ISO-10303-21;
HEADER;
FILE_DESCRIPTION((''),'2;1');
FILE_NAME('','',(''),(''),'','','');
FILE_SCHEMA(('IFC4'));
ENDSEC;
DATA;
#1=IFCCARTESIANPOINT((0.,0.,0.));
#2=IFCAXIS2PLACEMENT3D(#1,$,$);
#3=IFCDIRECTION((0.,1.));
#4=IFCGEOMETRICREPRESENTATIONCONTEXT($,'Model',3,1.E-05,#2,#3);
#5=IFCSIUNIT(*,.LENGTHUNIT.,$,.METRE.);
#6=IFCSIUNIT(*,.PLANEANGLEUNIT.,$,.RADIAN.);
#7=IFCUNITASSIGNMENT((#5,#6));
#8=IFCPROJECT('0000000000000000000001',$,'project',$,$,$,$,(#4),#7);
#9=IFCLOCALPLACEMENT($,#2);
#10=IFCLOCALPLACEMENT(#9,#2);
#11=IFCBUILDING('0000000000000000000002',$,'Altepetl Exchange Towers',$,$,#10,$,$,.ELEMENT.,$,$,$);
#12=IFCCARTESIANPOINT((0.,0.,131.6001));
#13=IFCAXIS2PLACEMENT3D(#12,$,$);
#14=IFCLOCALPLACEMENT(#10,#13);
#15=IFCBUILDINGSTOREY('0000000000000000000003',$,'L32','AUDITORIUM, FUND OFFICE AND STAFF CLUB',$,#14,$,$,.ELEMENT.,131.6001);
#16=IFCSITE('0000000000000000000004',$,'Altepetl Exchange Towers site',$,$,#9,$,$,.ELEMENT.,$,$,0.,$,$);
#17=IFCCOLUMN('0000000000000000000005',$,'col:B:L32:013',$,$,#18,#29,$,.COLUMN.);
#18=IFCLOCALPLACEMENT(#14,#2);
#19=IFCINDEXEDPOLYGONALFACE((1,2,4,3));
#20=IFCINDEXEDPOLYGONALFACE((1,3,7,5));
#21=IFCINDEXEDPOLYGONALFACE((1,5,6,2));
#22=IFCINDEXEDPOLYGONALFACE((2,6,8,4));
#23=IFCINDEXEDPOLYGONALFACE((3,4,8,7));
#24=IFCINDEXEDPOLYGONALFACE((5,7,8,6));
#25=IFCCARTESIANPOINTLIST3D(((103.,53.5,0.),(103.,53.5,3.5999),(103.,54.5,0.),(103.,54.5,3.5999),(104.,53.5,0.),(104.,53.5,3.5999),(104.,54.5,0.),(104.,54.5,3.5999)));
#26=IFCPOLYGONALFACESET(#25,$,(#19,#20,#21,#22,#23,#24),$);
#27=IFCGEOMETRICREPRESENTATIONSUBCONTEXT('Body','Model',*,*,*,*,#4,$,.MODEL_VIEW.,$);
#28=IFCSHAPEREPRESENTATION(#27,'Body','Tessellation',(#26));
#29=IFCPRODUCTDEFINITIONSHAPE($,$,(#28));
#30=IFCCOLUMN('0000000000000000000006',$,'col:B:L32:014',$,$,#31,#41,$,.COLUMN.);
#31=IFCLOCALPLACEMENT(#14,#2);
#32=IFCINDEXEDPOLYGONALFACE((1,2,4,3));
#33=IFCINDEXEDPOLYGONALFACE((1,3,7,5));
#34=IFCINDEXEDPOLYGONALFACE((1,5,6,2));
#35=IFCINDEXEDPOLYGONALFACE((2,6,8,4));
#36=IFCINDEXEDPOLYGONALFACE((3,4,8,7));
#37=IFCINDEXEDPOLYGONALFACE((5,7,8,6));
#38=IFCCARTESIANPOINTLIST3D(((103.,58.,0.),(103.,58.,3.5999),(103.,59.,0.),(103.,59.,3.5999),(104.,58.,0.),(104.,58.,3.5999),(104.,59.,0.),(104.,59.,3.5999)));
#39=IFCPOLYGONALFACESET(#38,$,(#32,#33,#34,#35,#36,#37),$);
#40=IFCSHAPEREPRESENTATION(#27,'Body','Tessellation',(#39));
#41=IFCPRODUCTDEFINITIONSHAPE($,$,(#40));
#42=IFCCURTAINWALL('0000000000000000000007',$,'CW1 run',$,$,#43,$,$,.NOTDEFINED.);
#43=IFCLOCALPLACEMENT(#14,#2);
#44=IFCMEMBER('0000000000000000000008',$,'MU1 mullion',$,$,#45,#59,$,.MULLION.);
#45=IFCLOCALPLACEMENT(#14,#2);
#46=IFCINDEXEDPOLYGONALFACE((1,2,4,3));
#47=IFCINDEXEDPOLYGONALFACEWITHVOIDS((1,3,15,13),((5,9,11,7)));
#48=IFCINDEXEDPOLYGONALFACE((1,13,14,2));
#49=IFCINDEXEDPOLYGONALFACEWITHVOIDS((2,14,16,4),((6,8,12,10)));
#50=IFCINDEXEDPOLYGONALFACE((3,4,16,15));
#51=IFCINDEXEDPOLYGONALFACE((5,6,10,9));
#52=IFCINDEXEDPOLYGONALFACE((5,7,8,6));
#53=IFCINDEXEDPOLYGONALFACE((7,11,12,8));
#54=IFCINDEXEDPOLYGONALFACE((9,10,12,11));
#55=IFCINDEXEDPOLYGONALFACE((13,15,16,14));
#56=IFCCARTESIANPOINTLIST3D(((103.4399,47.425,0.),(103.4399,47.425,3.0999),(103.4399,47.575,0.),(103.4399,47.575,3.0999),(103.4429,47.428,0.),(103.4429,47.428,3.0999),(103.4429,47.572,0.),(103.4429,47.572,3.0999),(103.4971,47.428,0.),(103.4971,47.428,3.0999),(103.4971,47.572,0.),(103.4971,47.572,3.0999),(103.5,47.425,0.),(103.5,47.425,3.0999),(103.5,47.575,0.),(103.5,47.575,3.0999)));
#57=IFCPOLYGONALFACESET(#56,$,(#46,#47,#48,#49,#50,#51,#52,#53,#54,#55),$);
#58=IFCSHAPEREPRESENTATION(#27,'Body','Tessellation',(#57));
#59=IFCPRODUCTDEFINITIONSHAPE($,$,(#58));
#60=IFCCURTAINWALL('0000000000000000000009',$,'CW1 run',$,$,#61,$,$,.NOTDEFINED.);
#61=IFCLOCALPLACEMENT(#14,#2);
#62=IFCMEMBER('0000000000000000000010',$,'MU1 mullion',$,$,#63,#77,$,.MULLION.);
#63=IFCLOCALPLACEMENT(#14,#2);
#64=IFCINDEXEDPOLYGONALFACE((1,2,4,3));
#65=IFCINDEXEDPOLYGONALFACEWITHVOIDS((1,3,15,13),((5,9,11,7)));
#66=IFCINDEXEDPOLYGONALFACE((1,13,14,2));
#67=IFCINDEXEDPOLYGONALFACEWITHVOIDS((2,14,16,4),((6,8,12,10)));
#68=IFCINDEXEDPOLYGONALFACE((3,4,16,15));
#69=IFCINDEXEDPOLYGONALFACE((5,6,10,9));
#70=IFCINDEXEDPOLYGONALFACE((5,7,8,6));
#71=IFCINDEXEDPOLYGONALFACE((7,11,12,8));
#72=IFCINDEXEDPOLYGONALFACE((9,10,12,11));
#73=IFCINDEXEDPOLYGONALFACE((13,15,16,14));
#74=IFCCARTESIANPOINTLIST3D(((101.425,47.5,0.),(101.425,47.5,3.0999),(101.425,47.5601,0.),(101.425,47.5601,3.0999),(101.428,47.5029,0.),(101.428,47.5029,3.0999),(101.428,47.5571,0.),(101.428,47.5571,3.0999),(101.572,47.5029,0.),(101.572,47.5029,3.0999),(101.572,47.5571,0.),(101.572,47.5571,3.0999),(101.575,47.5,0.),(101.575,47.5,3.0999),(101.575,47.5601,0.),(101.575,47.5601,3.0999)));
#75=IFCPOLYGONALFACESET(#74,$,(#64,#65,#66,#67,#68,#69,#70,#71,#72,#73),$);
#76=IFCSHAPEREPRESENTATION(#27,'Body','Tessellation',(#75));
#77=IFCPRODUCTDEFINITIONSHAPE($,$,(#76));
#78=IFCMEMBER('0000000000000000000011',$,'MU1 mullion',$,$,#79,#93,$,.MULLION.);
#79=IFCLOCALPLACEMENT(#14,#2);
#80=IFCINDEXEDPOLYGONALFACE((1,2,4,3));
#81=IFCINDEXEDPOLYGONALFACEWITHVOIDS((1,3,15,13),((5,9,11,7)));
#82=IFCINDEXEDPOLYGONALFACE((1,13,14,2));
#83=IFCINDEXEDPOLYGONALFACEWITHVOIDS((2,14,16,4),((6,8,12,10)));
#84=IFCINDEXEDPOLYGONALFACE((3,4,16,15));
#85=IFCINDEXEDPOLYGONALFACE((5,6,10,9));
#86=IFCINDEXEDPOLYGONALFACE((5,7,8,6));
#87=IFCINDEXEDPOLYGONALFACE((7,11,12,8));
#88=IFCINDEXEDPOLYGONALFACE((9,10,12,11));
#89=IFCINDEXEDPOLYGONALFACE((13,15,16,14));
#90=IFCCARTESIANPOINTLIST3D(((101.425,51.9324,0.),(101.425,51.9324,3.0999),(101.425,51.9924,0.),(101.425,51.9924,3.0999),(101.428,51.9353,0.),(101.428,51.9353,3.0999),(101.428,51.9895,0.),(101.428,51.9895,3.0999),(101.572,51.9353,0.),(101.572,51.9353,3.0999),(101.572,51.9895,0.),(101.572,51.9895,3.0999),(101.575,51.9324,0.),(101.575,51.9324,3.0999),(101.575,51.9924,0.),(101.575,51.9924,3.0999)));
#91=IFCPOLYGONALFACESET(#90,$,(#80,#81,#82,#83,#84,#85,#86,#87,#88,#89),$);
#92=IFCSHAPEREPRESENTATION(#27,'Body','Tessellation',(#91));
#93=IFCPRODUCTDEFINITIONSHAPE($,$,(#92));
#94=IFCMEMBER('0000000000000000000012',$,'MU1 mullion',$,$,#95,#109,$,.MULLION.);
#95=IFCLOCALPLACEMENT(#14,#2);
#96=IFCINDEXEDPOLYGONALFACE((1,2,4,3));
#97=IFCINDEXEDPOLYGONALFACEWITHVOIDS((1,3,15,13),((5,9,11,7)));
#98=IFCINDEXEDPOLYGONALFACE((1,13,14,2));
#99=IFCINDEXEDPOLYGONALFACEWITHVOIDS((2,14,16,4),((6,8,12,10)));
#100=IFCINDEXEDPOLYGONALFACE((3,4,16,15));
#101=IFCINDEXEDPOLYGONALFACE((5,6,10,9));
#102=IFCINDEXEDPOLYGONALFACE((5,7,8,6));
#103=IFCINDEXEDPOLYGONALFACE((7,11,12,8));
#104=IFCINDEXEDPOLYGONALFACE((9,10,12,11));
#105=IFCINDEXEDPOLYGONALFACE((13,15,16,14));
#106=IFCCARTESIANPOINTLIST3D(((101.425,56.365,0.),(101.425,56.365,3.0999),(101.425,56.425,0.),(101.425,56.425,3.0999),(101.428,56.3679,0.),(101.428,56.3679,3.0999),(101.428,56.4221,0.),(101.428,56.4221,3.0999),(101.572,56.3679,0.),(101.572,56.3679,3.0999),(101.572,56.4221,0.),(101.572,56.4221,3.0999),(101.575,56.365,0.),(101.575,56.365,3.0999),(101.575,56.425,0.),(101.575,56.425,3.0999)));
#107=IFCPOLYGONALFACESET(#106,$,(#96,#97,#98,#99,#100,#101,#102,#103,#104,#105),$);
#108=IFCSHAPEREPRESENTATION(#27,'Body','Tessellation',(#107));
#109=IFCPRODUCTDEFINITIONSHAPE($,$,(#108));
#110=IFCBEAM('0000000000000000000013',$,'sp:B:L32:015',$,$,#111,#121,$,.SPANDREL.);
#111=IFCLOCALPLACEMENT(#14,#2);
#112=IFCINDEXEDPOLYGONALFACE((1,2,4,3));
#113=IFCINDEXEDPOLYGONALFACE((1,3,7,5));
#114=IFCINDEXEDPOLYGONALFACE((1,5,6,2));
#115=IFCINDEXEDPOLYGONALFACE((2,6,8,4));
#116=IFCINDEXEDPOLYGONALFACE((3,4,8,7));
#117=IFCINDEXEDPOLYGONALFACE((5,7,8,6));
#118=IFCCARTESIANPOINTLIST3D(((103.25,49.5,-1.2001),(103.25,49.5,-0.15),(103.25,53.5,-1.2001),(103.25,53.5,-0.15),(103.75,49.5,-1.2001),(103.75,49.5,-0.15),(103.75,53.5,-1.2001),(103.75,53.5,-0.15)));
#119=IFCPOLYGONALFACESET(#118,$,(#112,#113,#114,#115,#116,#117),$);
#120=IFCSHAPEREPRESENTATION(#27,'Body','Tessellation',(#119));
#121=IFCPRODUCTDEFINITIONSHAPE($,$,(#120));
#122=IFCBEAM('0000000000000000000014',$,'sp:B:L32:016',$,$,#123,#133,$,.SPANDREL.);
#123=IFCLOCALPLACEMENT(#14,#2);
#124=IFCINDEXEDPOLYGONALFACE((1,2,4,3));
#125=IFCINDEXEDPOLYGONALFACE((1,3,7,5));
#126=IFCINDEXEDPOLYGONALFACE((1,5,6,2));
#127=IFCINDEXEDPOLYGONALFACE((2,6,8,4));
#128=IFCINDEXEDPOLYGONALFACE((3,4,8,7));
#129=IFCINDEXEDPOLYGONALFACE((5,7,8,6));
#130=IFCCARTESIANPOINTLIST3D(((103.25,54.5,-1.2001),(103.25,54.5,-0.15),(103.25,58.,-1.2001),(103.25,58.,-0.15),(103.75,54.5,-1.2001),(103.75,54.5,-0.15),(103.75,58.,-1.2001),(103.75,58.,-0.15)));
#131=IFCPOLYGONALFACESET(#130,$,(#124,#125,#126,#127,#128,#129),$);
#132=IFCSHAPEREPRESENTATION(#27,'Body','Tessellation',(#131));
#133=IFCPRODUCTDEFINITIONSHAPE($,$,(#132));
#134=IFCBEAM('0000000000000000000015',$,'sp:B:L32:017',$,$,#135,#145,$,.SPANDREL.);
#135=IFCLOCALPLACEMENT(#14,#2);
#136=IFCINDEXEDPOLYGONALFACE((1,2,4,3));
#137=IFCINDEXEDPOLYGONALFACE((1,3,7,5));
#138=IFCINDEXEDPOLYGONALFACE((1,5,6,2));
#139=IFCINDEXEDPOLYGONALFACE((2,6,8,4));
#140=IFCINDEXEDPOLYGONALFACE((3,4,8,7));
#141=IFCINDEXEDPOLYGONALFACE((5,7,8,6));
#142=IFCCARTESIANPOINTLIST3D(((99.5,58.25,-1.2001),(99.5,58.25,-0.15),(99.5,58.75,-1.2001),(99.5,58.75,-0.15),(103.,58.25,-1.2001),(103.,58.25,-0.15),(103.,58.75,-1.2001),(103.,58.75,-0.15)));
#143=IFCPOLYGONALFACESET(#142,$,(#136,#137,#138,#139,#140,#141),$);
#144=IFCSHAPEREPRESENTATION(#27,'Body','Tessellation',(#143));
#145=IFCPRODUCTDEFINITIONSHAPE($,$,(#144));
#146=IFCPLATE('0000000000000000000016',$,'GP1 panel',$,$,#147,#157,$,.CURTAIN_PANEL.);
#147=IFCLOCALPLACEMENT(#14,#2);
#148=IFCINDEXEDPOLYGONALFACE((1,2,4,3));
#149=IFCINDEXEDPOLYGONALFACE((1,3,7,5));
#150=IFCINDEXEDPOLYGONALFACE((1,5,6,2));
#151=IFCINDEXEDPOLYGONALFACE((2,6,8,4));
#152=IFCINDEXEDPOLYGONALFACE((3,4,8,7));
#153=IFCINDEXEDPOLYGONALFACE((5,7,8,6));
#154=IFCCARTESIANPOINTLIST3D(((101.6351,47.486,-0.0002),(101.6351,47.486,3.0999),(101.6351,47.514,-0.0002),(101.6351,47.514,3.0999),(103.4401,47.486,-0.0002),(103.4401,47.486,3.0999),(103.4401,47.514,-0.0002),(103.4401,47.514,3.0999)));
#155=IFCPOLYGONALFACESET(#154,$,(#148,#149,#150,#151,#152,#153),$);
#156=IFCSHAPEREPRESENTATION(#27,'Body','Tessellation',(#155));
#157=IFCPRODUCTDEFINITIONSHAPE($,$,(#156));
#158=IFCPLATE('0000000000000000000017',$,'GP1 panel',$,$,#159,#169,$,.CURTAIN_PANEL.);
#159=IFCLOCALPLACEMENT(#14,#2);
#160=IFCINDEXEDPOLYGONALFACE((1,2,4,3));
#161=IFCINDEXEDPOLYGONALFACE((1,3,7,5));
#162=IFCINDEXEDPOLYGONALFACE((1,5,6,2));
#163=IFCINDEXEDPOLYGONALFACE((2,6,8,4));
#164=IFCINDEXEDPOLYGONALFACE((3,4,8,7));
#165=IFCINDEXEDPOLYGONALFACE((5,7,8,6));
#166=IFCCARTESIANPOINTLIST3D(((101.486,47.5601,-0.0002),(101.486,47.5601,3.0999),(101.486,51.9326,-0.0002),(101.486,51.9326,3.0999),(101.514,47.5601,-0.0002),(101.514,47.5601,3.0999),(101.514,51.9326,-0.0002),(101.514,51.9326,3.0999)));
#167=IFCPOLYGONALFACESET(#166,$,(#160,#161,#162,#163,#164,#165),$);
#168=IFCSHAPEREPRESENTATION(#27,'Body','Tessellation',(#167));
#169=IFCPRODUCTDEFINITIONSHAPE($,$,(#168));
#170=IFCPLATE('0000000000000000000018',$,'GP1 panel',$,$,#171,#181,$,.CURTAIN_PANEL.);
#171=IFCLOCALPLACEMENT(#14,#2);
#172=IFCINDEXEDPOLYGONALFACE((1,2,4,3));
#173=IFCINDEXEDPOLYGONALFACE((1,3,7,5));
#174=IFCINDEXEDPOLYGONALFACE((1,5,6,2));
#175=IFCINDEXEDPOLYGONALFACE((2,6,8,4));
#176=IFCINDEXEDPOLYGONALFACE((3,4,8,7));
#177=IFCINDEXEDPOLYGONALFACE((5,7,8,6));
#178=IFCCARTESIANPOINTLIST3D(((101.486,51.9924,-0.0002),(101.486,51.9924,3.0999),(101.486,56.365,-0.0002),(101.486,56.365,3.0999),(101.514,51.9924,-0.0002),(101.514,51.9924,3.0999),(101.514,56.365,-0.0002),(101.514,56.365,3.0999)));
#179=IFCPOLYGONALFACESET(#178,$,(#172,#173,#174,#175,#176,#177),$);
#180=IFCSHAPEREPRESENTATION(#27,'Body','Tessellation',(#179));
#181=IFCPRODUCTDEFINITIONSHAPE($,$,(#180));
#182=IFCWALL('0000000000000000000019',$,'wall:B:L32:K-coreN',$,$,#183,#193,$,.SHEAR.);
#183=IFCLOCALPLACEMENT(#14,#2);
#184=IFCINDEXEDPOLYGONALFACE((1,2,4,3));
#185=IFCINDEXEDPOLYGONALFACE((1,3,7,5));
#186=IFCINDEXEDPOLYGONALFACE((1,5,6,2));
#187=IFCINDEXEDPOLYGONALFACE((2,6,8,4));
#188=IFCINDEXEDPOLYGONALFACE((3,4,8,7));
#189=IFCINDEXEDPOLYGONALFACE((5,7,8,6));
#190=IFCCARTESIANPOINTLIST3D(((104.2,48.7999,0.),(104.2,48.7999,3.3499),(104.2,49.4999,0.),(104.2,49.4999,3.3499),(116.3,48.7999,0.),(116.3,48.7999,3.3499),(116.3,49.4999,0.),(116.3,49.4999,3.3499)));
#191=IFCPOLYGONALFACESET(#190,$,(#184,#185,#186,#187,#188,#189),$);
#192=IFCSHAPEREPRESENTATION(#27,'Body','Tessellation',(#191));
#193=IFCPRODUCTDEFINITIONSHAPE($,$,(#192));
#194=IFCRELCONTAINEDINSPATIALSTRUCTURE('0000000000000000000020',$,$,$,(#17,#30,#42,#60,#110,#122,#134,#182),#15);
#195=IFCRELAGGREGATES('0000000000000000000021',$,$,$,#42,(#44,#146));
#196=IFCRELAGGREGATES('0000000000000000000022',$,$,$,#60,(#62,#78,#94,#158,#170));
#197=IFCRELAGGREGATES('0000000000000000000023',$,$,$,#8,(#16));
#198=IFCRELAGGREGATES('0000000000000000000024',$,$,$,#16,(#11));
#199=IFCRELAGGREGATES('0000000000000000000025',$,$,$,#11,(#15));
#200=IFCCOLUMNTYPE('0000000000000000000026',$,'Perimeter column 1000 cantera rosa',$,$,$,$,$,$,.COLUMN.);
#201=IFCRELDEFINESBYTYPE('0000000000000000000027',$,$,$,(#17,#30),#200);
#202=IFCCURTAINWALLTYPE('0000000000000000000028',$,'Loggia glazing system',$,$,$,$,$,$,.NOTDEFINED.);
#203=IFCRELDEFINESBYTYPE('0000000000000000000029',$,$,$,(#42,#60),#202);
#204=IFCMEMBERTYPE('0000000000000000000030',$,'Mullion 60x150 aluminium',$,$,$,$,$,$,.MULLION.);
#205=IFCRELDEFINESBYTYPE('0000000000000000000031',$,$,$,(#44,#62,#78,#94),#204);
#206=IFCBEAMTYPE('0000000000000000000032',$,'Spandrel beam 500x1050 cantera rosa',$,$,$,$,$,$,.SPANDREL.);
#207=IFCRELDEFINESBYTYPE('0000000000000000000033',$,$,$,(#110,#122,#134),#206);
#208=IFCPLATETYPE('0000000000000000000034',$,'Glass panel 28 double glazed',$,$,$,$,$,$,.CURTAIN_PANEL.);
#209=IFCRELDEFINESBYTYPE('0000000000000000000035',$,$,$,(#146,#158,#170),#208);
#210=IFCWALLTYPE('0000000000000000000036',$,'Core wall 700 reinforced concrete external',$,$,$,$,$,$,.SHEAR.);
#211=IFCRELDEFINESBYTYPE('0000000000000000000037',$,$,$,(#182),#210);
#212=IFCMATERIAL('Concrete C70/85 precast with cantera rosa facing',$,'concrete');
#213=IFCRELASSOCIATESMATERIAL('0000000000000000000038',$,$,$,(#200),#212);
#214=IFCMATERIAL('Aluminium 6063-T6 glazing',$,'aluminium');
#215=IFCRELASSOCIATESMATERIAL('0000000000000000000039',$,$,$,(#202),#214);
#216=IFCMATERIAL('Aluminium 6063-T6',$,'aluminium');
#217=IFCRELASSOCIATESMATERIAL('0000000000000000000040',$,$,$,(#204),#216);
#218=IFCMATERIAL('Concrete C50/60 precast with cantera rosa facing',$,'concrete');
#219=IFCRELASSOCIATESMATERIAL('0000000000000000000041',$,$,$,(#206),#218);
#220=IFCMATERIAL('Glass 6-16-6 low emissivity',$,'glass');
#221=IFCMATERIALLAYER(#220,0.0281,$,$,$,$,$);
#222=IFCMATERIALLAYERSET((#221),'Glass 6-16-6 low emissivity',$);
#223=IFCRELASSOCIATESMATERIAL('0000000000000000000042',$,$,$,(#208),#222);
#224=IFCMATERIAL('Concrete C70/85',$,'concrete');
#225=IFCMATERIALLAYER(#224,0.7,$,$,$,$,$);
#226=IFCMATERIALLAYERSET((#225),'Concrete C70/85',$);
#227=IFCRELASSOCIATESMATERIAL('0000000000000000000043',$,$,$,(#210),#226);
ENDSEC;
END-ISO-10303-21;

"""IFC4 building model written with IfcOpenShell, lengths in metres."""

from ifc_helpers import new_model, si_unit, direction, frame, frame_2d, origin, origin_2d, place, context, subcontext, project, spatial, rectangle, hollow_rectangle, extrude, material, layer, layer_set, material_profile, profile_set, type_object, element, aggregate, save


model = new_model("IFC4")

# Units and contexts
model_context = context("Model", 3, precision=1e-05, world=origin(), true_north=direction((0.0, 1.0)))
body_context = subcontext(model_context, "Body", "Model", "MODEL_VIEW")
ifc_project = project(units=[si_unit("LENGTHUNIT", "METRE"), si_unit("PLANEANGLEUNIT", "RADIAN")], contexts=[model_context])

# Site, building, storey
site_placement = place(None, origin())
site = spatial("IfcSite", under=ifc_project, at=site_placement, Name="Altepetl Exchange Towers site", CompositionType="ELEMENT", RefElevation=0.0)
building_placement = place(site_placement, origin())
building = spatial("IfcBuilding", under=site, at=building_placement, Name="Altepetl Exchange Towers", CompositionType="ELEMENT")
storey_placement = place(building_placement, frame((0.0, 0.0, 131.6001)))
storey = spatial("IfcBuildingStorey", under=building, at=storey_placement, Name="L32", Description="AUDITORIUM, FUND OFFICE AND STAFF CLUB", CompositionType="ELEMENT", Elevation=131.6001)

# Columns
ifc_material_1 = material(Name="Concrete C70/85 precast with cantera rosa facing", Category="concrete")
ifc_material_profile_1 = material_profile(ifc_material_1, rectangle(XDim=1.0, YDim=1.0, at=origin_2d()), Name="1000 x 1000")
ifc_profile_set_1 = profile_set([ifc_material_profile_1], Name="Concrete C70/85 precast with cantera rosa facing")
column_type = type_object("IfcColumnType", Name="Perimeter column 1000 cantera rosa", PredefinedType="COLUMN", material=ifc_profile_set_1)
for number, where, name in (
    (1, (103.5, 54.0, 0.0), "col:B:L32:013"),
    (2, (103.5, 58.5, 0.0), "col:B:L32:014"),
):
    element("IfcColumn", number, at=place(storey_placement, frame(where)), inside=storey, type_object=column_type, Name=name, PredefinedType="COLUMN", context=body_context, shape_type="SweptSolid", body=[
        extrude(rectangle(XDim=1.0, YDim=1.0, at=origin_2d()), origin(), (0.0, 0.0, 1.0), 3.5999),
    ])

# Curtain wall, member
ifc_material_2 = material(Name="Aluminium 6063-T6 glazing", Category="aluminium")
curtain_wall_type = type_object("IfcCurtainWallType", Name="Loggia glazing system", PredefinedType="NOTDEFINED", material=ifc_material_2)
curtain_wall_1_placement = place(storey_placement, origin())
curtain_wall_1 = element("IfcCurtainWall", 3, at=curtain_wall_1_placement, inside=storey, type_object=curtain_wall_type, Name="CW1 run", PredefinedType="NOTDEFINED")
ifc_material_3 = material(Name="Aluminium 6063-T6", Category="aluminium")
ifc_material_profile_2 = material_profile(ifc_material_3, hollow_rectangle(XDim=0.0601, YDim=0.1499, WallThickness=0.0029, at=origin_2d()), Name="Mullion 60x150 aluminium")
ifc_profile_set_2 = profile_set([ifc_material_profile_2], Name="Aluminium 6063-T6")
member_type = type_object("IfcMemberType", Name="Mullion 60x150 aluminium", PredefinedType="MULLION", material=ifc_profile_set_2)
member_1_placement = place(storey_placement, frame((103.47, 47.5, 0.0), z_axis=(0.0, 0.0, 1.0), x_axis=(-1.0, 0.0, 0.0)))
member_1 = element("IfcMember", 4, at=member_1_placement, type_object=member_type, Name="MU1 mullion", PredefinedType="MULLION", context=body_context, shape_type="SweptSolid", body=[
    extrude(hollow_rectangle(XDim=0.0601, YDim=0.1499, WallThickness=0.0029, at=origin_2d()), origin(), (0.0, 0.0, 1.0), 3.0999),
])

# Curtain wall, members
curtain_wall_2_placement = place(storey_placement, origin())
curtain_wall_2 = element("IfcCurtainWall", 5, at=curtain_wall_2_placement, inside=storey, type_object=curtain_wall_type, Name="CW1 run", PredefinedType="NOTDEFINED")
member_2_placement = place(storey_placement, frame((101.5, 47.53, 0.0), z_axis=(0.0, 0.0, 1.0), x_axis=(0.0, 1.0, 0.0)))
member_2 = element("IfcMember", 6, at=member_2_placement, type_object=member_type, Name="MU1 mullion", PredefinedType="MULLION", context=body_context, shape_type="SweptSolid", body=[
    extrude(hollow_rectangle(XDim=0.0601, YDim=0.1499, WallThickness=0.0029, at=origin_2d()), origin(), (0.0, 0.0, 1.0), 3.0999),
])
member_3_placement = place(storey_placement, frame((101.5, 51.9624, 0.0), z_axis=(0.0, 0.0, 1.0), x_axis=(0.0, 1.0, 0.0)))
member_3 = element("IfcMember", 7, at=member_3_placement, type_object=member_type, Name="MU1 mullion", PredefinedType="MULLION", context=body_context, shape_type="SweptSolid", body=[
    extrude(hollow_rectangle(XDim=0.0601, YDim=0.1499, WallThickness=0.0029, at=origin_2d()), origin(), (0.0, 0.0, 1.0), 3.0999),
])
member_4_placement = place(storey_placement, frame((101.5, 56.395, 0.0), z_axis=(0.0, 0.0, 1.0), x_axis=(0.0, 1.0, 0.0)))
member_4 = element("IfcMember", 8, at=member_4_placement, type_object=member_type, Name="MU1 mullion", PredefinedType="MULLION", context=body_context, shape_type="SweptSolid", body=[
    extrude(hollow_rectangle(XDim=0.0601, YDim=0.1499, WallThickness=0.0029, at=origin_2d()), origin(), (0.0, 0.0, 1.0), 3.0999),
])

# Beams
ifc_material_4 = material(Name="Concrete C50/60 precast with cantera rosa facing", Category="concrete")
ifc_material_profile_3 = material_profile(ifc_material_4, rectangle(XDim=0.5, YDim=1.05, at=origin_2d()), Name="500 x 1050")
ifc_profile_set_3 = profile_set([ifc_material_profile_3], Name="Concrete C50/60 precast with cantera rosa facing")
beam_type = type_object("IfcBeamType", Name="Spandrel beam 500x1050 cantera rosa", PredefinedType="SPANDREL", material=ifc_profile_set_3)
beam_placement = place(storey_placement, frame((103.5, 49.5, -0.675), z_axis=(0.0, 1.0, 0.0), x_axis=(-1.0, 0.0, 0.0)))
element("IfcBeam", 9, at=beam_placement, inside=storey, type_object=beam_type, Name="sp:B:L32:015", PredefinedType="SPANDREL", context=body_context, shape_type="SweptSolid", body=[
    extrude(rectangle(XDim=0.5, YDim=1.05, at=origin_2d()), origin(), (0.0, 0.0, 1.0), 4.0),
])
for number, where, z_axis, x_axis, name in (
    (10, (103.5, 54.5, -0.675), (0.0, 1.0, 0.0), (-1.0, 0.0, 0.0), "sp:B:L32:016"),
    (11, (103.0, 58.5, -0.675), (-1.0, 0.0, 0.0), (0.0, -1.0, 0.0), "sp:B:L32:017"),
):
    element("IfcBeam", number, at=place(storey_placement, frame(where, z_axis=z_axis, x_axis=x_axis)), inside=storey, type_object=beam_type, Name=name, PredefinedType="SPANDREL", context=body_context, shape_type="SweptSolid", body=[
        extrude(rectangle(XDim=0.5, YDim=1.05, at=origin_2d()), origin(), (0.0, 0.0, 1.0), 3.5),
    ])

# Plates
ifc_material_5 = material(Name="Glass 6-16-6 low emissivity", Category="glass")
ifc_layer_1 = layer(ifc_material_5, 0.0281)
ifc_layer_set_1 = layer_set([ifc_layer_1], Name="Glass 6-16-6 low emissivity")
plate_type = type_object("IfcPlateType", Name="Glass panel 28 double glazed", PredefinedType="CURTAIN_PANEL", material=ifc_layer_set_1)
plate_1_placement = place(storey_placement, frame((102.5376, 47.5, -0.0002), z_axis=(0.0, 0.0, 1.0), x_axis=(-1.0, 0.0, 0.0)))
plate_1 = element("IfcPlate", 12, at=plate_1_placement, type_object=plate_type, Name="GP1 panel", PredefinedType="CURTAIN_PANEL", context=body_context, shape_type="SweptSolid", body=[
    extrude(rectangle(XDim=1.8049, YDim=0.0281, at=origin_2d()), origin(), (0.0, 0.0, 1.0), 3.1001),
])
aggregate(curtain_wall_1, [member_1, plate_1])
plate_2_placement = place(storey_placement, frame((101.5, 49.7463, -0.0002), z_axis=(0.0, 0.0, 1.0), x_axis=(0.0, 1.0, 0.0)))
plate_2 = element("IfcPlate", 13, at=plate_2_placement, type_object=plate_type, Name="GP1 panel", PredefinedType="CURTAIN_PANEL", context=body_context, shape_type="SweptSolid", body=[
    extrude(rectangle(XDim=4.3726, YDim=0.0281, at=origin_2d()), origin(), (0.0, 0.0, 1.0), 3.1001),
])
plate_3_placement = place(storey_placement, frame((101.5, 54.1787, -0.0002), z_axis=(0.0, 0.0, 1.0), x_axis=(0.0, 1.0, 0.0)))
plate_3 = element("IfcPlate", 14, at=plate_3_placement, type_object=plate_type, Name="GP1 panel", PredefinedType="CURTAIN_PANEL", context=body_context, shape_type="SweptSolid", body=[
    extrude(rectangle(XDim=4.3726, YDim=0.0281, at=origin_2d()), origin(), (0.0, 0.0, 1.0), 3.1001),
])
aggregate(curtain_wall_2, [member_2, member_3, member_4, plate_2, plate_3])

# Wall
ifc_material_6 = material(Name="Concrete C70/85", Category="concrete")
ifc_layer_2 = layer(ifc_material_6, 0.7)
ifc_layer_set_2 = layer_set([ifc_layer_2], Name="Concrete C70/85")
wall_type_1 = type_object("IfcWallType", Name="Core wall 700 reinforced concrete external", PredefinedType="SHEAR", material=ifc_layer_set_2)
wall_1_placement = place(storey_placement, frame((104.2, 49.1499, 0.0)))
element("IfcWall", 15, at=wall_1_placement, inside=storey, type_object=wall_type_1, Name="wall:B:L32:K-coreN", PredefinedType="SHEAR", context=body_context, shape_type="SweptSolid", body=[
    extrude(rectangle(XDim=12.1001, YDim=0.7, at=frame_2d((6.05, 0.0))), origin(), (0.0, 0.0, 1.0), 3.3499),
])

save(model, "model.ifc")
